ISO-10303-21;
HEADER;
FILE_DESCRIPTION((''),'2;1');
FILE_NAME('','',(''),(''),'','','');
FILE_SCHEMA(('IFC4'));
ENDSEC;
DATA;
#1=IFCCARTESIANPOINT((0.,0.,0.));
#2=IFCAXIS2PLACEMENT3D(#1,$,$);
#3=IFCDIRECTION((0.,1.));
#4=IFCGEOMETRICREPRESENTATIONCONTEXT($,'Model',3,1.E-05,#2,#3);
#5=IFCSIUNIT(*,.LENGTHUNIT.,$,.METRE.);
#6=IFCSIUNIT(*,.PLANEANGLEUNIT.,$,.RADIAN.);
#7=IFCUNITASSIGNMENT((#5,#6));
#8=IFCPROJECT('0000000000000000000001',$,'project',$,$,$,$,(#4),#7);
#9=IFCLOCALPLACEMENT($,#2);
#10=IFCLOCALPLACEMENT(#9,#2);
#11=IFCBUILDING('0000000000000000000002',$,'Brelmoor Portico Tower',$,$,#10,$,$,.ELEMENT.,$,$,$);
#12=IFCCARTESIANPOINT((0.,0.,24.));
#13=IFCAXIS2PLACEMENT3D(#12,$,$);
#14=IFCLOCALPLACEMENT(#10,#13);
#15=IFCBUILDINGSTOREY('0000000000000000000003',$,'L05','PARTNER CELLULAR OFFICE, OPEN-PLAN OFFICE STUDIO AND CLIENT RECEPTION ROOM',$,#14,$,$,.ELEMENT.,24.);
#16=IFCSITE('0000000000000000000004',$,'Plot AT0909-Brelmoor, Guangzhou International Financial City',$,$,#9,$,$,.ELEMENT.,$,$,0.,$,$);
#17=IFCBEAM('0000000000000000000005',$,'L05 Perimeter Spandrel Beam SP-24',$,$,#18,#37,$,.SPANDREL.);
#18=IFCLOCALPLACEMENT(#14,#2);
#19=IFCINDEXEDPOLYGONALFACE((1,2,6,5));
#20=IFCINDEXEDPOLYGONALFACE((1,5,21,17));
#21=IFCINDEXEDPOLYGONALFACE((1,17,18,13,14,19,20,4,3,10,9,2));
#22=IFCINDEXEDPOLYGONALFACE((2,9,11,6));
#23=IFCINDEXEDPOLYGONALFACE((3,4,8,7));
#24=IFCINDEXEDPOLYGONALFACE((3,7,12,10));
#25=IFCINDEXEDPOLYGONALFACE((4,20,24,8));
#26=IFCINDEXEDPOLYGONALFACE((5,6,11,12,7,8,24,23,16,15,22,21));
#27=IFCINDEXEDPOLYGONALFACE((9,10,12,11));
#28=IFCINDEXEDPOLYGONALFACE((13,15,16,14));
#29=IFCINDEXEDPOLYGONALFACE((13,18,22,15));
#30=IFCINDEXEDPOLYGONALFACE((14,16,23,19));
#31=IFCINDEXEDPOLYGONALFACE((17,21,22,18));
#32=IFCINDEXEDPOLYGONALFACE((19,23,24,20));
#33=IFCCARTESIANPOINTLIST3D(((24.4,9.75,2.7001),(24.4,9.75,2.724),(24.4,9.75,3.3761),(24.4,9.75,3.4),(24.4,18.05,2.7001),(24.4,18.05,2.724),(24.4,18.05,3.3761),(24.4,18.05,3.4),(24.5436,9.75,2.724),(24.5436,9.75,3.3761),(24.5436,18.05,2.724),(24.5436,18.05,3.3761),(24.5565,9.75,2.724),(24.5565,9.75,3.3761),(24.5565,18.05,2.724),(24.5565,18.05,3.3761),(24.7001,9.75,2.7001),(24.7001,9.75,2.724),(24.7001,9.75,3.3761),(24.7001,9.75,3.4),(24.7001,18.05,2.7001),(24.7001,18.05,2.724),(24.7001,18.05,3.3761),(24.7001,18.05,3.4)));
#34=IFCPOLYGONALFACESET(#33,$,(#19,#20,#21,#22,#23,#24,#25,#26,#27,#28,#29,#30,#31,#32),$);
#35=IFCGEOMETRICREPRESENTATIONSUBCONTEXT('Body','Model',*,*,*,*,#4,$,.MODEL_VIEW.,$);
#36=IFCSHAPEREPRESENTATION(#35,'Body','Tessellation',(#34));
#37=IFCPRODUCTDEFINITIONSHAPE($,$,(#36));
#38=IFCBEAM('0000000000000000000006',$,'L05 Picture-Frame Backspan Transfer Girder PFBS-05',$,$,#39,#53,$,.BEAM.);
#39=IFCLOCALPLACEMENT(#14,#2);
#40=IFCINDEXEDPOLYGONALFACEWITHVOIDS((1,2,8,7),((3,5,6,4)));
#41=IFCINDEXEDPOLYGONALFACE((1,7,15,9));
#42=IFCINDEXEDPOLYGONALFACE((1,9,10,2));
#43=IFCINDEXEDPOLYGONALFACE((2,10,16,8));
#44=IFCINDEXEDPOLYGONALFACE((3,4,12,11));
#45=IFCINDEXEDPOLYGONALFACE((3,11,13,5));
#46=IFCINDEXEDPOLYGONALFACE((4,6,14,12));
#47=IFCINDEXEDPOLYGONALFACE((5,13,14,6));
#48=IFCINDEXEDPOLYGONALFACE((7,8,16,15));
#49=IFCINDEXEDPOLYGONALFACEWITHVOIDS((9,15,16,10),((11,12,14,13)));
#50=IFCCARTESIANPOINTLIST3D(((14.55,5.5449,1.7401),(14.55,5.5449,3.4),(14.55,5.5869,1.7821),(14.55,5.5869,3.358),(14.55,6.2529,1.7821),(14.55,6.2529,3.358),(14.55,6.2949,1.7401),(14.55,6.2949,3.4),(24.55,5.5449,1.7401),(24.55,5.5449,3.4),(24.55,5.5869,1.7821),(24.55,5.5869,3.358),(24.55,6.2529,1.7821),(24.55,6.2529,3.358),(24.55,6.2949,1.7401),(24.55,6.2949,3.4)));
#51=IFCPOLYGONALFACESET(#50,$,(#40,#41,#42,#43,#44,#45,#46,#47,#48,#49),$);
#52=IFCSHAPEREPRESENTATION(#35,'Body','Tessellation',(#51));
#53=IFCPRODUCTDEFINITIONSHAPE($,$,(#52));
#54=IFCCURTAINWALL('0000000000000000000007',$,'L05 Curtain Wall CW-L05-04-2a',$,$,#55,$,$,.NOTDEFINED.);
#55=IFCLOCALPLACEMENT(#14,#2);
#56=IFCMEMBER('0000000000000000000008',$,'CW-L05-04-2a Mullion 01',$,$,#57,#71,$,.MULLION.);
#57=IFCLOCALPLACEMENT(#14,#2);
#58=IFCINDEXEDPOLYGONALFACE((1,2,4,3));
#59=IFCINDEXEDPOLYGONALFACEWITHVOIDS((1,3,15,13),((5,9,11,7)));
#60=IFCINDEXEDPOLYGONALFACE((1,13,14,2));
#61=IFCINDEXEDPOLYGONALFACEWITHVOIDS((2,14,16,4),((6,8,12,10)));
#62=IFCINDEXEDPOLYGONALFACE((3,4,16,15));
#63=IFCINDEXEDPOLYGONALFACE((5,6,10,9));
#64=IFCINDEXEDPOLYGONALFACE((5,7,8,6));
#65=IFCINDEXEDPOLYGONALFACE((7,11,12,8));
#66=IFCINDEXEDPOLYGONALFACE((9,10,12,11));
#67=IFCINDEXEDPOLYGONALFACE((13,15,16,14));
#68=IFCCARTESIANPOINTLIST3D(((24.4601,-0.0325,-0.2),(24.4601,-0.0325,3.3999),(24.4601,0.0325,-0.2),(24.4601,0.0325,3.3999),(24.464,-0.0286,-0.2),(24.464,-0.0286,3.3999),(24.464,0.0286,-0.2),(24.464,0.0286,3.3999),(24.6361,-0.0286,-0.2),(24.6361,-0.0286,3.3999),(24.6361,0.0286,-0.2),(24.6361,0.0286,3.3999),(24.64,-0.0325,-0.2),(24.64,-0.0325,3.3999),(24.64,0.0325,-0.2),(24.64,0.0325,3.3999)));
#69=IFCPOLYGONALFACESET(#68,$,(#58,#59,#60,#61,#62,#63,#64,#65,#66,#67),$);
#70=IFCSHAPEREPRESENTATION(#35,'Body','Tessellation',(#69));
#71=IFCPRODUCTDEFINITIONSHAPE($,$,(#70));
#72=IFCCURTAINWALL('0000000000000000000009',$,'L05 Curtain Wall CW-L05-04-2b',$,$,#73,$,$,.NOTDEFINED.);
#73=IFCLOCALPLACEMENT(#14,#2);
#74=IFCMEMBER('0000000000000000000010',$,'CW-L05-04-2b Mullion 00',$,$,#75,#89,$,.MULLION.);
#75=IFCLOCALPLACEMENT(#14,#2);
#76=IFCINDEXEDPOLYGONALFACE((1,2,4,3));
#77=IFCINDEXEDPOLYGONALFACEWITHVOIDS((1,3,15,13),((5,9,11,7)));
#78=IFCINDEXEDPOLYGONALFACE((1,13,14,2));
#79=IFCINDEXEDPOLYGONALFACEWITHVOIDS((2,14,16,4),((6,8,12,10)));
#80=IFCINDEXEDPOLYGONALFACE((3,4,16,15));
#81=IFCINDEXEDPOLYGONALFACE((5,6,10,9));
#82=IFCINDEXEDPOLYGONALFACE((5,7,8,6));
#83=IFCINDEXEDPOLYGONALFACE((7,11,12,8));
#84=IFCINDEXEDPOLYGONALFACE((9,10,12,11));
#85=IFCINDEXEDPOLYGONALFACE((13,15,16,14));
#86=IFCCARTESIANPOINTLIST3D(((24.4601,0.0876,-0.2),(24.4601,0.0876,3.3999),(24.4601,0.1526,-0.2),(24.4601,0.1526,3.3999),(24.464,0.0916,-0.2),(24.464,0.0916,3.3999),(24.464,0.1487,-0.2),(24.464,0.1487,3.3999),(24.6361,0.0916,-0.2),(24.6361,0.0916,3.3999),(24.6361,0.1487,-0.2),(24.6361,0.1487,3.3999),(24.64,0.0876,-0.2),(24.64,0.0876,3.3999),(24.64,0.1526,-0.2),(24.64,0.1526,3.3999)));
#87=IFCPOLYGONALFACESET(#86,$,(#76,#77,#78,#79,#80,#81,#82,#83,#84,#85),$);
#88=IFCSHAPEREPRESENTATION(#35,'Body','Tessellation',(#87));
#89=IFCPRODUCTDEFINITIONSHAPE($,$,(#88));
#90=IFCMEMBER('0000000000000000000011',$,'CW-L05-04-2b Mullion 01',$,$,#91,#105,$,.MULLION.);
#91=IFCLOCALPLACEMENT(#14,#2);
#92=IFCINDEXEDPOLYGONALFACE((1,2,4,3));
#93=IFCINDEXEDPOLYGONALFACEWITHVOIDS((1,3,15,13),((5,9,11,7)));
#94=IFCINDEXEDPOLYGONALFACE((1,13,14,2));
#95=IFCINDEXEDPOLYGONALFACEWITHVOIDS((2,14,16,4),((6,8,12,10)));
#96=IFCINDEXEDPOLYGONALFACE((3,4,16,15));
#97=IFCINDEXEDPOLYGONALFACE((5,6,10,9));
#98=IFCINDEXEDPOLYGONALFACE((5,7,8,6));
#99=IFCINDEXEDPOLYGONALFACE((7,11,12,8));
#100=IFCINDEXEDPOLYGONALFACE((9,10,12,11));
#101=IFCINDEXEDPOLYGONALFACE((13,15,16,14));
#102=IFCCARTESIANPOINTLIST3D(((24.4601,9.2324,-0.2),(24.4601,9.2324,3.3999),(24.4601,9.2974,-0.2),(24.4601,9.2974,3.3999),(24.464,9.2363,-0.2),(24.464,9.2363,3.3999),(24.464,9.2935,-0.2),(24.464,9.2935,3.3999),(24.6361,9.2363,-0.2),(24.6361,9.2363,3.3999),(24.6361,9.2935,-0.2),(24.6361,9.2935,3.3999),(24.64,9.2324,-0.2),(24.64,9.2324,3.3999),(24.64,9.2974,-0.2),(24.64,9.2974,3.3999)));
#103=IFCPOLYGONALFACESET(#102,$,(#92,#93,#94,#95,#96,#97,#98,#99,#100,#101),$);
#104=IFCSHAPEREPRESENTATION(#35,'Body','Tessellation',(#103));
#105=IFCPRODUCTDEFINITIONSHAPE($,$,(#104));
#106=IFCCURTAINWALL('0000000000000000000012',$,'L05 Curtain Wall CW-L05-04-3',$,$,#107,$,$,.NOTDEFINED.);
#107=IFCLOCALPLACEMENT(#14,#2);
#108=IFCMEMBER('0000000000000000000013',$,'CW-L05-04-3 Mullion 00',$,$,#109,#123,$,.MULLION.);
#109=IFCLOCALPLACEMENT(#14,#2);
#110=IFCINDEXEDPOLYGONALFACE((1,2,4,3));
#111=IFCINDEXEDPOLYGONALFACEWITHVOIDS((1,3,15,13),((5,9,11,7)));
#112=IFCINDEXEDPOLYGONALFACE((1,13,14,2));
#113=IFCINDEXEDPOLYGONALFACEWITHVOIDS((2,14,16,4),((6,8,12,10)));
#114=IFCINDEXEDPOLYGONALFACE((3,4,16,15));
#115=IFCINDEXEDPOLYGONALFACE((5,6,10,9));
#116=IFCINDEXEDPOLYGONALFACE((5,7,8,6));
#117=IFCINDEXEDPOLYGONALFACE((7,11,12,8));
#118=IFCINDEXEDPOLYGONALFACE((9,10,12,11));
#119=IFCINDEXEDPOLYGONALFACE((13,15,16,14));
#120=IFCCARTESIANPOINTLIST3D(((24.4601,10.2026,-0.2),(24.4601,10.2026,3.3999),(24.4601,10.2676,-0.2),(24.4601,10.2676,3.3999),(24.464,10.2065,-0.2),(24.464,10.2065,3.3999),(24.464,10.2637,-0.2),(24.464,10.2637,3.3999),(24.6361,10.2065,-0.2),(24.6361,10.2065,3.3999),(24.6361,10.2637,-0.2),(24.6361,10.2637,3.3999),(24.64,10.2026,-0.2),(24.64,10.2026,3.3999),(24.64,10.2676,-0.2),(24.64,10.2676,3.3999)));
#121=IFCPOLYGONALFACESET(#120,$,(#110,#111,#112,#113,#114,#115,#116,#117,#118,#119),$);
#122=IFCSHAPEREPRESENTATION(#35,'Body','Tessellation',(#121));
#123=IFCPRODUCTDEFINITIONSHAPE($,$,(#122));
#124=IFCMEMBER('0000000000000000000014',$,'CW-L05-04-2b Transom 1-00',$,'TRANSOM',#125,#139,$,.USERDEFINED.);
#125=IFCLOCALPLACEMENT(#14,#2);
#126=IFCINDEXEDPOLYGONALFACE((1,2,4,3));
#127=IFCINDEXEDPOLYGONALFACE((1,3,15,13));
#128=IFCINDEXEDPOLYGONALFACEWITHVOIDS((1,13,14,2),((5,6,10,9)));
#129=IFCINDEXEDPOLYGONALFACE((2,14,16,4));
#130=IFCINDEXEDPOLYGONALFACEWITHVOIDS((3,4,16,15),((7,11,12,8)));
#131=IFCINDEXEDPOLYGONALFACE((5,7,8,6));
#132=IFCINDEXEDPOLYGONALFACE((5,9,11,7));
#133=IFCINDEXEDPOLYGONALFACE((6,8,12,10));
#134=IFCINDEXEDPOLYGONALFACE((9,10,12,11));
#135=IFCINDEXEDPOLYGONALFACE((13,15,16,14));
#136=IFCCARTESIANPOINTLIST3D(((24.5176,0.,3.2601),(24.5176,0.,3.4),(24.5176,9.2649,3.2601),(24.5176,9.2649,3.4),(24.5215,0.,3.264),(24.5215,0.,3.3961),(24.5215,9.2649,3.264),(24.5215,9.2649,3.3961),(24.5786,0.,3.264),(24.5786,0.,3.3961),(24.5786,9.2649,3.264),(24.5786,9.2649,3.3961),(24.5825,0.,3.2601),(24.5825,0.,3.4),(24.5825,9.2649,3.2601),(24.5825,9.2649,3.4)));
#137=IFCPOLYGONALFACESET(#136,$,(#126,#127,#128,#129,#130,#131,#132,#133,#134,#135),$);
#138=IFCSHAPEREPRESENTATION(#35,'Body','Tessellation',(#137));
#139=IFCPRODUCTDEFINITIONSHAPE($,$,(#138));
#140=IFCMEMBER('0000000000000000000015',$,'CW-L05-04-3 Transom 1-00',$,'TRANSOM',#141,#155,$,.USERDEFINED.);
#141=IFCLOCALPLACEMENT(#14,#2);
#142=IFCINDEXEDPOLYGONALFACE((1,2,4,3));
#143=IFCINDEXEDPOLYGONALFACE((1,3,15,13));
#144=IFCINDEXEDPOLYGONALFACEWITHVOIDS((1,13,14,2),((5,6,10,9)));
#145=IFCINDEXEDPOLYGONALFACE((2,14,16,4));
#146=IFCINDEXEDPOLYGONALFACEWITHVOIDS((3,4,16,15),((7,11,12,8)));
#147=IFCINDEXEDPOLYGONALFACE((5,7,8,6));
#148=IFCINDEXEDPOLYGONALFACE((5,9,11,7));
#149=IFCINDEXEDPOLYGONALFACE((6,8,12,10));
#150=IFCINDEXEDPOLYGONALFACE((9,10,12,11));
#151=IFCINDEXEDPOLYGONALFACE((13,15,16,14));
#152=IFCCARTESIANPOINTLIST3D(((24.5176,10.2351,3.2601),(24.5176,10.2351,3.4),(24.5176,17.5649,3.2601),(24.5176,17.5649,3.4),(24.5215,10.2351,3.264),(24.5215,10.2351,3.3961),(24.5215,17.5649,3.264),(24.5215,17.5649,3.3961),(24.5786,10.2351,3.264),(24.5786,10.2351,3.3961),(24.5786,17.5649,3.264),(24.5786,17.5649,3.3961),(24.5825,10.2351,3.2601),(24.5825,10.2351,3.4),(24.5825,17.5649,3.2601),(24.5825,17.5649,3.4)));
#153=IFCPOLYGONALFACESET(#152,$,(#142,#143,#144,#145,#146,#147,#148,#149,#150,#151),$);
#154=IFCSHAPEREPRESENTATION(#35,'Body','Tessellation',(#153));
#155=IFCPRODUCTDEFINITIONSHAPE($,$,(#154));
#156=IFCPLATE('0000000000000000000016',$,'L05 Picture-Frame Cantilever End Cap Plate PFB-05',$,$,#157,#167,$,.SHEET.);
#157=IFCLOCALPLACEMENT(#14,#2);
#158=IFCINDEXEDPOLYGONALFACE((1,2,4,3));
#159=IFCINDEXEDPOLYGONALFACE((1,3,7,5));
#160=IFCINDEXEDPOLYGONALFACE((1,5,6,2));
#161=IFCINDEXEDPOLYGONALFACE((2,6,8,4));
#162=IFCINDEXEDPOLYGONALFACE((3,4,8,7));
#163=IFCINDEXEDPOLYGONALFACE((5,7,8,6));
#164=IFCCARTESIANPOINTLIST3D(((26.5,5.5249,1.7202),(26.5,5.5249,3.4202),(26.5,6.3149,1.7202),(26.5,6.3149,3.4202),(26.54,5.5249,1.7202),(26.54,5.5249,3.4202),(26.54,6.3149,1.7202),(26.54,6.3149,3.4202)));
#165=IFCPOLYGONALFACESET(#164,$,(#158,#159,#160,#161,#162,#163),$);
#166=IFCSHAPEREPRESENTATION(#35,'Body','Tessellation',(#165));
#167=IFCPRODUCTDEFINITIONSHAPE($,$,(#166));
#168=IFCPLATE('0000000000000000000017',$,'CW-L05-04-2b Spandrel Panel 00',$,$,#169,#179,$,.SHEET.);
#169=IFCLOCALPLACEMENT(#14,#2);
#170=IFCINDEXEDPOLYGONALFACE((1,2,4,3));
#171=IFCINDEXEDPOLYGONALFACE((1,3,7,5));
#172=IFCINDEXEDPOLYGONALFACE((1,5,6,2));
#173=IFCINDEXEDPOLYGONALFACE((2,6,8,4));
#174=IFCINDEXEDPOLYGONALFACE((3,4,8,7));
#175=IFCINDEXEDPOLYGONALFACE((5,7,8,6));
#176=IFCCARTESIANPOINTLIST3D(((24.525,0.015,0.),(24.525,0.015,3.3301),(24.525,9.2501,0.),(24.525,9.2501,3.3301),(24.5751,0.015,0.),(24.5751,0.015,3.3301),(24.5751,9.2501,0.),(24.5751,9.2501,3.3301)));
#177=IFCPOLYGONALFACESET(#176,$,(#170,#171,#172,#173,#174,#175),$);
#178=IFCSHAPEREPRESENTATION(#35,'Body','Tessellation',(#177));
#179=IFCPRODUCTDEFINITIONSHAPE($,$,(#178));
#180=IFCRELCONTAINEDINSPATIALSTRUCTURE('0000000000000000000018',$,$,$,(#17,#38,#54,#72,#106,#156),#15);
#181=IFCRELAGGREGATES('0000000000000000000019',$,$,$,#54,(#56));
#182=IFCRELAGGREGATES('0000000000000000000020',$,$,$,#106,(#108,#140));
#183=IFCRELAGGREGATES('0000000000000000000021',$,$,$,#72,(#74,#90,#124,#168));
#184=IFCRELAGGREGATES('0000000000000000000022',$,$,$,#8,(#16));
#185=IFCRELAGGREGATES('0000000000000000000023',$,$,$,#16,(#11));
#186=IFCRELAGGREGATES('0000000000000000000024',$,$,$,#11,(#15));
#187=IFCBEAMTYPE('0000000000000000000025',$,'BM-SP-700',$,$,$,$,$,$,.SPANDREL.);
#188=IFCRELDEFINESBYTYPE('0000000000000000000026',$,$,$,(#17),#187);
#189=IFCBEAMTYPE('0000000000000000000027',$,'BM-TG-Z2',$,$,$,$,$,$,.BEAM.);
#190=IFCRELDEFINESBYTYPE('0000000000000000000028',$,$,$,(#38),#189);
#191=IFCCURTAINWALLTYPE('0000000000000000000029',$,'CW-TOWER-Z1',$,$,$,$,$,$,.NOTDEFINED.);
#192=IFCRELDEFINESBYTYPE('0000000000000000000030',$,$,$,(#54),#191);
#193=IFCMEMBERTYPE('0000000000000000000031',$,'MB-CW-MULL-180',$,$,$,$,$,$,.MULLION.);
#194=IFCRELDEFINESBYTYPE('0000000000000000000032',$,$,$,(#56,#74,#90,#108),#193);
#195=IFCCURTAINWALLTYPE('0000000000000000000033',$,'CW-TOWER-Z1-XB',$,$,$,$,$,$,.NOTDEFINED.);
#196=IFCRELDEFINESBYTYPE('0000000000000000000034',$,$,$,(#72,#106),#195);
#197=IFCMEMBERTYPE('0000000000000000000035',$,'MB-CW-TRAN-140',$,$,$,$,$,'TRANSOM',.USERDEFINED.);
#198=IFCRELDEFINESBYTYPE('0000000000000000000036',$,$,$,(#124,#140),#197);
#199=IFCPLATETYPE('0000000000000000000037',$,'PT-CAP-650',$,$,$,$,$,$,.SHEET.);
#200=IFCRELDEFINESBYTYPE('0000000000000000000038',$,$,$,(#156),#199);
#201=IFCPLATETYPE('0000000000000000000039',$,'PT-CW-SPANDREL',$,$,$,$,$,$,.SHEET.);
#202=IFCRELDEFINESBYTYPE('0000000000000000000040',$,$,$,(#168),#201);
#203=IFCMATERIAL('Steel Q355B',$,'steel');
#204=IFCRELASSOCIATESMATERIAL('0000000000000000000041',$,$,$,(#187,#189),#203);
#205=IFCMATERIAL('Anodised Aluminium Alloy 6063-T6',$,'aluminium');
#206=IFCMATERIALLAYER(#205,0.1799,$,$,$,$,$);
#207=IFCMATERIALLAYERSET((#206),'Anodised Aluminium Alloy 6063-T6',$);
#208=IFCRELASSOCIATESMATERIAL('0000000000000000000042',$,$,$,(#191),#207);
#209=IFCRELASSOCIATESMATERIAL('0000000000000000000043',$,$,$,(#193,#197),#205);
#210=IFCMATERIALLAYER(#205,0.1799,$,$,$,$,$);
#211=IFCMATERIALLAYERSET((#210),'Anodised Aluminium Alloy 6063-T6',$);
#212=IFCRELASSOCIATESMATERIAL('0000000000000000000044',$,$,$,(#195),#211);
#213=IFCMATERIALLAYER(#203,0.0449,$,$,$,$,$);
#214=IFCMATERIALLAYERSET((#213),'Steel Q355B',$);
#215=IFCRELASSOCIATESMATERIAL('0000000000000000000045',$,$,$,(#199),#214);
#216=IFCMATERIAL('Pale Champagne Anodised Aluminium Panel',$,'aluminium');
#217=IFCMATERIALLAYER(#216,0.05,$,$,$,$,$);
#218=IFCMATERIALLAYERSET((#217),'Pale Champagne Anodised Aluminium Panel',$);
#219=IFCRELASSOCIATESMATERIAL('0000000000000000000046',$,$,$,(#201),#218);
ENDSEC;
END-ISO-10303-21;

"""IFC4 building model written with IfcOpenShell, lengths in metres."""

from ifc_helpers import new_model, si_unit, direction, frame, origin, origin_2d, place, context, subcontext, project, spatial, rectangle, hollow_rectangle, i_section, extrude, material, layer, layer_set, material_profile, profile_set, type_object, element, aggregate, save


model = new_model("IFC4")

# Units and contexts
model_context = context("Model", 3, precision=1e-05, world=origin(), true_north=direction((0.0, 1.0)))
body_context = subcontext(model_context, "Body", "Model", "MODEL_VIEW")
ifc_project = project(units=[si_unit("LENGTHUNIT", "METRE"), si_unit("PLANEANGLEUNIT", "RADIAN")], contexts=[model_context])

# Site, building, storey
site_placement = place(None, origin())
site = spatial("IfcSite", under=ifc_project, at=site_placement, Name="Plot AT0909-Brelmoor, Guangzhou International Financial City", CompositionType="ELEMENT", RefElevation=0.0)
building_placement = place(site_placement, origin())
building = spatial("IfcBuilding", under=site, at=building_placement, Name="Brelmoor Portico Tower", CompositionType="ELEMENT")
storey_placement = place(building_placement, frame((0.0, 0.0, 24.0)))
storey = spatial("IfcBuildingStorey", under=building, at=storey_placement, Name="L05", Description="PARTNER CELLULAR OFFICE, OPEN-PLAN OFFICE STUDIO AND CLIENT RECEPTION ROOM", CompositionType="ELEMENT", Elevation=24.0)

# Beams
ifc_material_1 = material(Name="Steel Q355B", Category="steel")
ifc_material_profile_1 = material_profile(ifc_material_1, i_section(OverallWidth=0.3, OverallDepth=0.7, WebThickness=0.0129, FlangeThickness=0.0239, at=origin_2d()), Name="HN 700x300x13x24")
ifc_profile_set_1 = profile_set([ifc_material_profile_1], Name="Steel Q355B")
beam_type_1 = type_object("IfcBeamType", Name="BM-SP-700", PredefinedType="SPANDREL", material=ifc_profile_set_1)
beam_1_placement = place(storey_placement, frame((24.55, 9.75, 3.05), z_axis=(0.0, 1.0, 0.0), x_axis=(-1.0, 0.0, 0.0)))
element("IfcBeam", 1, at=beam_1_placement, inside=storey, type_object=beam_type_1, Name="L05 Perimeter Spandrel Beam SP-24", PredefinedType="SPANDREL", context=body_context, shape_type="SweptSolid", body=[
    extrude(i_section(OverallWidth=0.3, OverallDepth=0.7, WebThickness=0.0129, FlangeThickness=0.0239, at=origin_2d()), origin(), (0.0, 0.0, 1.0), 8.3),
])
ifc_material_profile_2 = material_profile(ifc_material_1, hollow_rectangle(XDim=0.75, YDim=1.6599, WallThickness=0.042, at=origin_2d()), Name="BOX 750x1660x42")
ifc_profile_set_2 = profile_set([ifc_material_profile_2], Name="Steel Q355B")
beam_type_2 = type_object("IfcBeamType", Name="BM-TG-Z2", PredefinedType="BEAM", material=ifc_profile_set_2)
beam_2_placement = place(storey_placement, frame((14.55, 5.9199, 2.5701), z_axis=(1.0, 0.0, 0.0), x_axis=(0.0, 1.0, 0.0)))
element("IfcBeam", 2, at=beam_2_placement, inside=storey, type_object=beam_type_2, Name="L05 Picture-Frame Backspan Transfer Girder PFBS-05", PredefinedType="BEAM", context=body_context, shape_type="SweptSolid", body=[
    extrude(hollow_rectangle(XDim=0.75, YDim=1.6599, WallThickness=0.042, at=origin_2d()), origin(), (0.0, 0.0, 1.0), 10.0),
])

# Curtain wall, member
ifc_material_2 = material(Name="Anodised Aluminium Alloy 6063-T6", Category="aluminium")
ifc_layer_1 = layer(ifc_material_2, 0.1799)
ifc_layer_set_1 = layer_set([ifc_layer_1], Name="Anodised Aluminium Alloy 6063-T6")
curtain_wall_type_1 = type_object("IfcCurtainWallType", Name="CW-TOWER-Z1", PredefinedType="NOTDEFINED", material=ifc_layer_set_1)
curtain_wall_1_placement = place(storey_placement, origin())
curtain_wall_1 = element("IfcCurtainWall", 3, at=curtain_wall_1_placement, inside=storey, type_object=curtain_wall_type_1, Name="L05 Curtain Wall CW-L05-04-2a", PredefinedType="NOTDEFINED")
ifc_material_profile_3 = material_profile(ifc_material_2, hollow_rectangle(XDim=0.0649, YDim=0.1799, WallThickness=0.0039, at=origin_2d()), Name="ALU MULLION 65x180")
ifc_profile_set_3 = profile_set([ifc_material_profile_3], Name="Anodised Aluminium Alloy 6063-T6")
member_type_1 = type_object("IfcMemberType", Name="MB-CW-MULL-180", PredefinedType="MULLION", material=ifc_profile_set_3)
member_1_placement = place(storey_placement, frame((24.55, 0.0, -0.2), z_axis=(0.0, 0.0, 1.0), x_axis=(0.0, 1.0, 0.0)))
member_1 = element("IfcMember", 4, at=member_1_placement, type_object=member_type_1, Name="CW-L05-04-2a Mullion 01", PredefinedType="MULLION", context=body_context, shape_type="SweptSolid", body=[
    extrude(hollow_rectangle(XDim=0.0649, YDim=0.1799, WallThickness=0.0039, at=origin_2d()), origin(), (0.0, 0.0, 1.0), 3.5999),
])
aggregate(curtain_wall_1, [member_1])

# Curtain wall, members
ifc_layer_2 = layer(ifc_material_2, 0.1799)
ifc_layer_set_2 = layer_set([ifc_layer_2], Name="Anodised Aluminium Alloy 6063-T6")
curtain_wall_type_2 = type_object("IfcCurtainWallType", Name="CW-TOWER-Z1-XB", PredefinedType="NOTDEFINED", material=ifc_layer_set_2)
curtain_wall_2_placement = place(storey_placement, origin())
curtain_wall_2 = element("IfcCurtainWall", 5, at=curtain_wall_2_placement, inside=storey, type_object=curtain_wall_type_2, Name="L05 Curtain Wall CW-L05-04-2b", PredefinedType="NOTDEFINED")
member_2_placement = place(storey_placement, frame((24.55, 0.1201, -0.2), z_axis=(0.0, 0.0, 1.0), x_axis=(0.0, 1.0, 0.0)))
member_2 = element("IfcMember", 6, at=member_2_placement, type_object=member_type_1, Name="CW-L05-04-2b Mullion 00", PredefinedType="MULLION", context=body_context, shape_type="SweptSolid", body=[
    extrude(hollow_rectangle(XDim=0.0649, YDim=0.1799, WallThickness=0.0039, at=origin_2d()), origin(), (0.0, 0.0, 1.0), 3.5999),
])
member_3_placement = place(storey_placement, frame((24.55, 9.2649, -0.2), z_axis=(0.0, 0.0, 1.0), x_axis=(0.0, 1.0, 0.0)))
member_3 = element("IfcMember", 7, at=member_3_placement, type_object=member_type_1, Name="CW-L05-04-2b Mullion 01", PredefinedType="MULLION", context=body_context, shape_type="SweptSolid", body=[
    extrude(hollow_rectangle(XDim=0.0649, YDim=0.1799, WallThickness=0.0039, at=origin_2d()), origin(), (0.0, 0.0, 1.0), 3.5999),
])

# Curtain wall, member
curtain_wall_3_placement = place(storey_placement, origin())
curtain_wall_3 = element("IfcCurtainWall", 8, at=curtain_wall_3_placement, inside=storey, type_object=curtain_wall_type_2, Name="L05 Curtain Wall CW-L05-04-3", PredefinedType="NOTDEFINED")
member_4_placement = place(storey_placement, frame((24.55, 10.2351, -0.2), z_axis=(0.0, 0.0, 1.0), x_axis=(0.0, 1.0, 0.0)))
member_4 = element("IfcMember", 9, at=member_4_placement, type_object=member_type_1, Name="CW-L05-04-3 Mullion 00", PredefinedType="MULLION", context=body_context, shape_type="SweptSolid", body=[
    extrude(hollow_rectangle(XDim=0.0649, YDim=0.1799, WallThickness=0.0039, at=origin_2d()), origin(), (0.0, 0.0, 1.0), 3.5999),
])

# Members
ifc_material_profile_4 = material_profile(ifc_material_2, hollow_rectangle(XDim=0.0649, YDim=0.1399, WallThickness=0.0039, at=origin_2d()), Name="ALU TRANSOM 65x140")
ifc_profile_set_4 = profile_set([ifc_material_profile_4], Name="Anodised Aluminium Alloy 6063-T6")
member_type_2 = type_object("IfcMemberType", Name="MB-CW-TRAN-140", ElementType="TRANSOM", PredefinedType="USERDEFINED", material=ifc_profile_set_4)
member_5_placement = place(storey_placement, frame((24.55, 0.0, 3.3301), z_axis=(0.0, 1.0, 0.0), x_axis=(-1.0, 0.0, 0.0)))
member_5 = element("IfcMember", 10, at=member_5_placement, type_object=member_type_2, Name="CW-L05-04-2b Transom 1-00", ObjectType="TRANSOM", PredefinedType="USERDEFINED", context=body_context, shape_type="SweptSolid", body=[
    extrude(hollow_rectangle(XDim=0.0649, YDim=0.1399, WallThickness=0.0039, at=origin_2d()), origin(), (0.0, 0.0, 1.0), 9.2649),
])
member_6_placement = place(storey_placement, frame((24.55, 10.2351, 3.3301), z_axis=(0.0, 1.0, 0.0), x_axis=(-1.0, 0.0, 0.0)))
member_6 = element("IfcMember", 11, at=member_6_placement, type_object=member_type_2, Name="CW-L05-04-3 Transom 1-00", ObjectType="TRANSOM", PredefinedType="USERDEFINED", context=body_context, shape_type="SweptSolid", body=[
    extrude(hollow_rectangle(XDim=0.0649, YDim=0.1399, WallThickness=0.0039, at=origin_2d()), origin(), (0.0, 0.0, 1.0), 7.3298),
])
aggregate(curtain_wall_3, [member_4, member_6])

# Plates
ifc_layer_3 = layer(ifc_material_1, 0.0449)
ifc_layer_set_3 = layer_set([ifc_layer_3], Name="Steel Q355B")
plate_type_1 = type_object("IfcPlateType", Name="PT-CAP-650", PredefinedType="SHEET", material=ifc_layer_set_3)
plate_1_placement = place(storey_placement, frame((26.52, 5.9199, 1.7202), z_axis=(0.0, 0.0, 1.0), x_axis=(1.0, 0.0, 0.0)))
element("IfcPlate", 12, at=plate_1_placement, inside=storey, type_object=plate_type_1, Name="L05 Picture-Frame Cantilever End Cap Plate PFB-05", PredefinedType="SHEET", context=body_context, shape_type="SweptSolid", body=[
    extrude(rectangle(XDim=0.04, YDim=0.79, at=origin_2d()), origin(), (0.0, 0.0, 1.0), 1.7),
])
ifc_material_3 = material(Name="Pale Champagne Anodised Aluminium Panel", Category="aluminium")
ifc_layer_4 = layer(ifc_material_3, 0.05)
ifc_layer_set_4 = layer_set([ifc_layer_4], Name="Pale Champagne Anodised Aluminium Panel")
plate_type_2 = type_object("IfcPlateType", Name="PT-CW-SPANDREL", PredefinedType="SHEET", material=ifc_layer_set_4)
plate_2_placement = place(storey_placement, frame((24.55, 4.6326, 0.0), z_axis=(0.0, 0.0, 1.0), x_axis=(0.0, 1.0, 0.0)))
plate_2 = element("IfcPlate", 13, at=plate_2_placement, type_object=plate_type_2, Name="CW-L05-04-2b Spandrel Panel 00", PredefinedType="SHEET", context=body_context, shape_type="SweptSolid", body=[
    extrude(rectangle(XDim=9.2351, YDim=0.05, at=origin_2d()), origin(), (0.0, 0.0, 1.0), 3.3301),
])
aggregate(curtain_wall_2, [member_2, member_3, member_5, plate_2])

save(model, "model.ifc")
